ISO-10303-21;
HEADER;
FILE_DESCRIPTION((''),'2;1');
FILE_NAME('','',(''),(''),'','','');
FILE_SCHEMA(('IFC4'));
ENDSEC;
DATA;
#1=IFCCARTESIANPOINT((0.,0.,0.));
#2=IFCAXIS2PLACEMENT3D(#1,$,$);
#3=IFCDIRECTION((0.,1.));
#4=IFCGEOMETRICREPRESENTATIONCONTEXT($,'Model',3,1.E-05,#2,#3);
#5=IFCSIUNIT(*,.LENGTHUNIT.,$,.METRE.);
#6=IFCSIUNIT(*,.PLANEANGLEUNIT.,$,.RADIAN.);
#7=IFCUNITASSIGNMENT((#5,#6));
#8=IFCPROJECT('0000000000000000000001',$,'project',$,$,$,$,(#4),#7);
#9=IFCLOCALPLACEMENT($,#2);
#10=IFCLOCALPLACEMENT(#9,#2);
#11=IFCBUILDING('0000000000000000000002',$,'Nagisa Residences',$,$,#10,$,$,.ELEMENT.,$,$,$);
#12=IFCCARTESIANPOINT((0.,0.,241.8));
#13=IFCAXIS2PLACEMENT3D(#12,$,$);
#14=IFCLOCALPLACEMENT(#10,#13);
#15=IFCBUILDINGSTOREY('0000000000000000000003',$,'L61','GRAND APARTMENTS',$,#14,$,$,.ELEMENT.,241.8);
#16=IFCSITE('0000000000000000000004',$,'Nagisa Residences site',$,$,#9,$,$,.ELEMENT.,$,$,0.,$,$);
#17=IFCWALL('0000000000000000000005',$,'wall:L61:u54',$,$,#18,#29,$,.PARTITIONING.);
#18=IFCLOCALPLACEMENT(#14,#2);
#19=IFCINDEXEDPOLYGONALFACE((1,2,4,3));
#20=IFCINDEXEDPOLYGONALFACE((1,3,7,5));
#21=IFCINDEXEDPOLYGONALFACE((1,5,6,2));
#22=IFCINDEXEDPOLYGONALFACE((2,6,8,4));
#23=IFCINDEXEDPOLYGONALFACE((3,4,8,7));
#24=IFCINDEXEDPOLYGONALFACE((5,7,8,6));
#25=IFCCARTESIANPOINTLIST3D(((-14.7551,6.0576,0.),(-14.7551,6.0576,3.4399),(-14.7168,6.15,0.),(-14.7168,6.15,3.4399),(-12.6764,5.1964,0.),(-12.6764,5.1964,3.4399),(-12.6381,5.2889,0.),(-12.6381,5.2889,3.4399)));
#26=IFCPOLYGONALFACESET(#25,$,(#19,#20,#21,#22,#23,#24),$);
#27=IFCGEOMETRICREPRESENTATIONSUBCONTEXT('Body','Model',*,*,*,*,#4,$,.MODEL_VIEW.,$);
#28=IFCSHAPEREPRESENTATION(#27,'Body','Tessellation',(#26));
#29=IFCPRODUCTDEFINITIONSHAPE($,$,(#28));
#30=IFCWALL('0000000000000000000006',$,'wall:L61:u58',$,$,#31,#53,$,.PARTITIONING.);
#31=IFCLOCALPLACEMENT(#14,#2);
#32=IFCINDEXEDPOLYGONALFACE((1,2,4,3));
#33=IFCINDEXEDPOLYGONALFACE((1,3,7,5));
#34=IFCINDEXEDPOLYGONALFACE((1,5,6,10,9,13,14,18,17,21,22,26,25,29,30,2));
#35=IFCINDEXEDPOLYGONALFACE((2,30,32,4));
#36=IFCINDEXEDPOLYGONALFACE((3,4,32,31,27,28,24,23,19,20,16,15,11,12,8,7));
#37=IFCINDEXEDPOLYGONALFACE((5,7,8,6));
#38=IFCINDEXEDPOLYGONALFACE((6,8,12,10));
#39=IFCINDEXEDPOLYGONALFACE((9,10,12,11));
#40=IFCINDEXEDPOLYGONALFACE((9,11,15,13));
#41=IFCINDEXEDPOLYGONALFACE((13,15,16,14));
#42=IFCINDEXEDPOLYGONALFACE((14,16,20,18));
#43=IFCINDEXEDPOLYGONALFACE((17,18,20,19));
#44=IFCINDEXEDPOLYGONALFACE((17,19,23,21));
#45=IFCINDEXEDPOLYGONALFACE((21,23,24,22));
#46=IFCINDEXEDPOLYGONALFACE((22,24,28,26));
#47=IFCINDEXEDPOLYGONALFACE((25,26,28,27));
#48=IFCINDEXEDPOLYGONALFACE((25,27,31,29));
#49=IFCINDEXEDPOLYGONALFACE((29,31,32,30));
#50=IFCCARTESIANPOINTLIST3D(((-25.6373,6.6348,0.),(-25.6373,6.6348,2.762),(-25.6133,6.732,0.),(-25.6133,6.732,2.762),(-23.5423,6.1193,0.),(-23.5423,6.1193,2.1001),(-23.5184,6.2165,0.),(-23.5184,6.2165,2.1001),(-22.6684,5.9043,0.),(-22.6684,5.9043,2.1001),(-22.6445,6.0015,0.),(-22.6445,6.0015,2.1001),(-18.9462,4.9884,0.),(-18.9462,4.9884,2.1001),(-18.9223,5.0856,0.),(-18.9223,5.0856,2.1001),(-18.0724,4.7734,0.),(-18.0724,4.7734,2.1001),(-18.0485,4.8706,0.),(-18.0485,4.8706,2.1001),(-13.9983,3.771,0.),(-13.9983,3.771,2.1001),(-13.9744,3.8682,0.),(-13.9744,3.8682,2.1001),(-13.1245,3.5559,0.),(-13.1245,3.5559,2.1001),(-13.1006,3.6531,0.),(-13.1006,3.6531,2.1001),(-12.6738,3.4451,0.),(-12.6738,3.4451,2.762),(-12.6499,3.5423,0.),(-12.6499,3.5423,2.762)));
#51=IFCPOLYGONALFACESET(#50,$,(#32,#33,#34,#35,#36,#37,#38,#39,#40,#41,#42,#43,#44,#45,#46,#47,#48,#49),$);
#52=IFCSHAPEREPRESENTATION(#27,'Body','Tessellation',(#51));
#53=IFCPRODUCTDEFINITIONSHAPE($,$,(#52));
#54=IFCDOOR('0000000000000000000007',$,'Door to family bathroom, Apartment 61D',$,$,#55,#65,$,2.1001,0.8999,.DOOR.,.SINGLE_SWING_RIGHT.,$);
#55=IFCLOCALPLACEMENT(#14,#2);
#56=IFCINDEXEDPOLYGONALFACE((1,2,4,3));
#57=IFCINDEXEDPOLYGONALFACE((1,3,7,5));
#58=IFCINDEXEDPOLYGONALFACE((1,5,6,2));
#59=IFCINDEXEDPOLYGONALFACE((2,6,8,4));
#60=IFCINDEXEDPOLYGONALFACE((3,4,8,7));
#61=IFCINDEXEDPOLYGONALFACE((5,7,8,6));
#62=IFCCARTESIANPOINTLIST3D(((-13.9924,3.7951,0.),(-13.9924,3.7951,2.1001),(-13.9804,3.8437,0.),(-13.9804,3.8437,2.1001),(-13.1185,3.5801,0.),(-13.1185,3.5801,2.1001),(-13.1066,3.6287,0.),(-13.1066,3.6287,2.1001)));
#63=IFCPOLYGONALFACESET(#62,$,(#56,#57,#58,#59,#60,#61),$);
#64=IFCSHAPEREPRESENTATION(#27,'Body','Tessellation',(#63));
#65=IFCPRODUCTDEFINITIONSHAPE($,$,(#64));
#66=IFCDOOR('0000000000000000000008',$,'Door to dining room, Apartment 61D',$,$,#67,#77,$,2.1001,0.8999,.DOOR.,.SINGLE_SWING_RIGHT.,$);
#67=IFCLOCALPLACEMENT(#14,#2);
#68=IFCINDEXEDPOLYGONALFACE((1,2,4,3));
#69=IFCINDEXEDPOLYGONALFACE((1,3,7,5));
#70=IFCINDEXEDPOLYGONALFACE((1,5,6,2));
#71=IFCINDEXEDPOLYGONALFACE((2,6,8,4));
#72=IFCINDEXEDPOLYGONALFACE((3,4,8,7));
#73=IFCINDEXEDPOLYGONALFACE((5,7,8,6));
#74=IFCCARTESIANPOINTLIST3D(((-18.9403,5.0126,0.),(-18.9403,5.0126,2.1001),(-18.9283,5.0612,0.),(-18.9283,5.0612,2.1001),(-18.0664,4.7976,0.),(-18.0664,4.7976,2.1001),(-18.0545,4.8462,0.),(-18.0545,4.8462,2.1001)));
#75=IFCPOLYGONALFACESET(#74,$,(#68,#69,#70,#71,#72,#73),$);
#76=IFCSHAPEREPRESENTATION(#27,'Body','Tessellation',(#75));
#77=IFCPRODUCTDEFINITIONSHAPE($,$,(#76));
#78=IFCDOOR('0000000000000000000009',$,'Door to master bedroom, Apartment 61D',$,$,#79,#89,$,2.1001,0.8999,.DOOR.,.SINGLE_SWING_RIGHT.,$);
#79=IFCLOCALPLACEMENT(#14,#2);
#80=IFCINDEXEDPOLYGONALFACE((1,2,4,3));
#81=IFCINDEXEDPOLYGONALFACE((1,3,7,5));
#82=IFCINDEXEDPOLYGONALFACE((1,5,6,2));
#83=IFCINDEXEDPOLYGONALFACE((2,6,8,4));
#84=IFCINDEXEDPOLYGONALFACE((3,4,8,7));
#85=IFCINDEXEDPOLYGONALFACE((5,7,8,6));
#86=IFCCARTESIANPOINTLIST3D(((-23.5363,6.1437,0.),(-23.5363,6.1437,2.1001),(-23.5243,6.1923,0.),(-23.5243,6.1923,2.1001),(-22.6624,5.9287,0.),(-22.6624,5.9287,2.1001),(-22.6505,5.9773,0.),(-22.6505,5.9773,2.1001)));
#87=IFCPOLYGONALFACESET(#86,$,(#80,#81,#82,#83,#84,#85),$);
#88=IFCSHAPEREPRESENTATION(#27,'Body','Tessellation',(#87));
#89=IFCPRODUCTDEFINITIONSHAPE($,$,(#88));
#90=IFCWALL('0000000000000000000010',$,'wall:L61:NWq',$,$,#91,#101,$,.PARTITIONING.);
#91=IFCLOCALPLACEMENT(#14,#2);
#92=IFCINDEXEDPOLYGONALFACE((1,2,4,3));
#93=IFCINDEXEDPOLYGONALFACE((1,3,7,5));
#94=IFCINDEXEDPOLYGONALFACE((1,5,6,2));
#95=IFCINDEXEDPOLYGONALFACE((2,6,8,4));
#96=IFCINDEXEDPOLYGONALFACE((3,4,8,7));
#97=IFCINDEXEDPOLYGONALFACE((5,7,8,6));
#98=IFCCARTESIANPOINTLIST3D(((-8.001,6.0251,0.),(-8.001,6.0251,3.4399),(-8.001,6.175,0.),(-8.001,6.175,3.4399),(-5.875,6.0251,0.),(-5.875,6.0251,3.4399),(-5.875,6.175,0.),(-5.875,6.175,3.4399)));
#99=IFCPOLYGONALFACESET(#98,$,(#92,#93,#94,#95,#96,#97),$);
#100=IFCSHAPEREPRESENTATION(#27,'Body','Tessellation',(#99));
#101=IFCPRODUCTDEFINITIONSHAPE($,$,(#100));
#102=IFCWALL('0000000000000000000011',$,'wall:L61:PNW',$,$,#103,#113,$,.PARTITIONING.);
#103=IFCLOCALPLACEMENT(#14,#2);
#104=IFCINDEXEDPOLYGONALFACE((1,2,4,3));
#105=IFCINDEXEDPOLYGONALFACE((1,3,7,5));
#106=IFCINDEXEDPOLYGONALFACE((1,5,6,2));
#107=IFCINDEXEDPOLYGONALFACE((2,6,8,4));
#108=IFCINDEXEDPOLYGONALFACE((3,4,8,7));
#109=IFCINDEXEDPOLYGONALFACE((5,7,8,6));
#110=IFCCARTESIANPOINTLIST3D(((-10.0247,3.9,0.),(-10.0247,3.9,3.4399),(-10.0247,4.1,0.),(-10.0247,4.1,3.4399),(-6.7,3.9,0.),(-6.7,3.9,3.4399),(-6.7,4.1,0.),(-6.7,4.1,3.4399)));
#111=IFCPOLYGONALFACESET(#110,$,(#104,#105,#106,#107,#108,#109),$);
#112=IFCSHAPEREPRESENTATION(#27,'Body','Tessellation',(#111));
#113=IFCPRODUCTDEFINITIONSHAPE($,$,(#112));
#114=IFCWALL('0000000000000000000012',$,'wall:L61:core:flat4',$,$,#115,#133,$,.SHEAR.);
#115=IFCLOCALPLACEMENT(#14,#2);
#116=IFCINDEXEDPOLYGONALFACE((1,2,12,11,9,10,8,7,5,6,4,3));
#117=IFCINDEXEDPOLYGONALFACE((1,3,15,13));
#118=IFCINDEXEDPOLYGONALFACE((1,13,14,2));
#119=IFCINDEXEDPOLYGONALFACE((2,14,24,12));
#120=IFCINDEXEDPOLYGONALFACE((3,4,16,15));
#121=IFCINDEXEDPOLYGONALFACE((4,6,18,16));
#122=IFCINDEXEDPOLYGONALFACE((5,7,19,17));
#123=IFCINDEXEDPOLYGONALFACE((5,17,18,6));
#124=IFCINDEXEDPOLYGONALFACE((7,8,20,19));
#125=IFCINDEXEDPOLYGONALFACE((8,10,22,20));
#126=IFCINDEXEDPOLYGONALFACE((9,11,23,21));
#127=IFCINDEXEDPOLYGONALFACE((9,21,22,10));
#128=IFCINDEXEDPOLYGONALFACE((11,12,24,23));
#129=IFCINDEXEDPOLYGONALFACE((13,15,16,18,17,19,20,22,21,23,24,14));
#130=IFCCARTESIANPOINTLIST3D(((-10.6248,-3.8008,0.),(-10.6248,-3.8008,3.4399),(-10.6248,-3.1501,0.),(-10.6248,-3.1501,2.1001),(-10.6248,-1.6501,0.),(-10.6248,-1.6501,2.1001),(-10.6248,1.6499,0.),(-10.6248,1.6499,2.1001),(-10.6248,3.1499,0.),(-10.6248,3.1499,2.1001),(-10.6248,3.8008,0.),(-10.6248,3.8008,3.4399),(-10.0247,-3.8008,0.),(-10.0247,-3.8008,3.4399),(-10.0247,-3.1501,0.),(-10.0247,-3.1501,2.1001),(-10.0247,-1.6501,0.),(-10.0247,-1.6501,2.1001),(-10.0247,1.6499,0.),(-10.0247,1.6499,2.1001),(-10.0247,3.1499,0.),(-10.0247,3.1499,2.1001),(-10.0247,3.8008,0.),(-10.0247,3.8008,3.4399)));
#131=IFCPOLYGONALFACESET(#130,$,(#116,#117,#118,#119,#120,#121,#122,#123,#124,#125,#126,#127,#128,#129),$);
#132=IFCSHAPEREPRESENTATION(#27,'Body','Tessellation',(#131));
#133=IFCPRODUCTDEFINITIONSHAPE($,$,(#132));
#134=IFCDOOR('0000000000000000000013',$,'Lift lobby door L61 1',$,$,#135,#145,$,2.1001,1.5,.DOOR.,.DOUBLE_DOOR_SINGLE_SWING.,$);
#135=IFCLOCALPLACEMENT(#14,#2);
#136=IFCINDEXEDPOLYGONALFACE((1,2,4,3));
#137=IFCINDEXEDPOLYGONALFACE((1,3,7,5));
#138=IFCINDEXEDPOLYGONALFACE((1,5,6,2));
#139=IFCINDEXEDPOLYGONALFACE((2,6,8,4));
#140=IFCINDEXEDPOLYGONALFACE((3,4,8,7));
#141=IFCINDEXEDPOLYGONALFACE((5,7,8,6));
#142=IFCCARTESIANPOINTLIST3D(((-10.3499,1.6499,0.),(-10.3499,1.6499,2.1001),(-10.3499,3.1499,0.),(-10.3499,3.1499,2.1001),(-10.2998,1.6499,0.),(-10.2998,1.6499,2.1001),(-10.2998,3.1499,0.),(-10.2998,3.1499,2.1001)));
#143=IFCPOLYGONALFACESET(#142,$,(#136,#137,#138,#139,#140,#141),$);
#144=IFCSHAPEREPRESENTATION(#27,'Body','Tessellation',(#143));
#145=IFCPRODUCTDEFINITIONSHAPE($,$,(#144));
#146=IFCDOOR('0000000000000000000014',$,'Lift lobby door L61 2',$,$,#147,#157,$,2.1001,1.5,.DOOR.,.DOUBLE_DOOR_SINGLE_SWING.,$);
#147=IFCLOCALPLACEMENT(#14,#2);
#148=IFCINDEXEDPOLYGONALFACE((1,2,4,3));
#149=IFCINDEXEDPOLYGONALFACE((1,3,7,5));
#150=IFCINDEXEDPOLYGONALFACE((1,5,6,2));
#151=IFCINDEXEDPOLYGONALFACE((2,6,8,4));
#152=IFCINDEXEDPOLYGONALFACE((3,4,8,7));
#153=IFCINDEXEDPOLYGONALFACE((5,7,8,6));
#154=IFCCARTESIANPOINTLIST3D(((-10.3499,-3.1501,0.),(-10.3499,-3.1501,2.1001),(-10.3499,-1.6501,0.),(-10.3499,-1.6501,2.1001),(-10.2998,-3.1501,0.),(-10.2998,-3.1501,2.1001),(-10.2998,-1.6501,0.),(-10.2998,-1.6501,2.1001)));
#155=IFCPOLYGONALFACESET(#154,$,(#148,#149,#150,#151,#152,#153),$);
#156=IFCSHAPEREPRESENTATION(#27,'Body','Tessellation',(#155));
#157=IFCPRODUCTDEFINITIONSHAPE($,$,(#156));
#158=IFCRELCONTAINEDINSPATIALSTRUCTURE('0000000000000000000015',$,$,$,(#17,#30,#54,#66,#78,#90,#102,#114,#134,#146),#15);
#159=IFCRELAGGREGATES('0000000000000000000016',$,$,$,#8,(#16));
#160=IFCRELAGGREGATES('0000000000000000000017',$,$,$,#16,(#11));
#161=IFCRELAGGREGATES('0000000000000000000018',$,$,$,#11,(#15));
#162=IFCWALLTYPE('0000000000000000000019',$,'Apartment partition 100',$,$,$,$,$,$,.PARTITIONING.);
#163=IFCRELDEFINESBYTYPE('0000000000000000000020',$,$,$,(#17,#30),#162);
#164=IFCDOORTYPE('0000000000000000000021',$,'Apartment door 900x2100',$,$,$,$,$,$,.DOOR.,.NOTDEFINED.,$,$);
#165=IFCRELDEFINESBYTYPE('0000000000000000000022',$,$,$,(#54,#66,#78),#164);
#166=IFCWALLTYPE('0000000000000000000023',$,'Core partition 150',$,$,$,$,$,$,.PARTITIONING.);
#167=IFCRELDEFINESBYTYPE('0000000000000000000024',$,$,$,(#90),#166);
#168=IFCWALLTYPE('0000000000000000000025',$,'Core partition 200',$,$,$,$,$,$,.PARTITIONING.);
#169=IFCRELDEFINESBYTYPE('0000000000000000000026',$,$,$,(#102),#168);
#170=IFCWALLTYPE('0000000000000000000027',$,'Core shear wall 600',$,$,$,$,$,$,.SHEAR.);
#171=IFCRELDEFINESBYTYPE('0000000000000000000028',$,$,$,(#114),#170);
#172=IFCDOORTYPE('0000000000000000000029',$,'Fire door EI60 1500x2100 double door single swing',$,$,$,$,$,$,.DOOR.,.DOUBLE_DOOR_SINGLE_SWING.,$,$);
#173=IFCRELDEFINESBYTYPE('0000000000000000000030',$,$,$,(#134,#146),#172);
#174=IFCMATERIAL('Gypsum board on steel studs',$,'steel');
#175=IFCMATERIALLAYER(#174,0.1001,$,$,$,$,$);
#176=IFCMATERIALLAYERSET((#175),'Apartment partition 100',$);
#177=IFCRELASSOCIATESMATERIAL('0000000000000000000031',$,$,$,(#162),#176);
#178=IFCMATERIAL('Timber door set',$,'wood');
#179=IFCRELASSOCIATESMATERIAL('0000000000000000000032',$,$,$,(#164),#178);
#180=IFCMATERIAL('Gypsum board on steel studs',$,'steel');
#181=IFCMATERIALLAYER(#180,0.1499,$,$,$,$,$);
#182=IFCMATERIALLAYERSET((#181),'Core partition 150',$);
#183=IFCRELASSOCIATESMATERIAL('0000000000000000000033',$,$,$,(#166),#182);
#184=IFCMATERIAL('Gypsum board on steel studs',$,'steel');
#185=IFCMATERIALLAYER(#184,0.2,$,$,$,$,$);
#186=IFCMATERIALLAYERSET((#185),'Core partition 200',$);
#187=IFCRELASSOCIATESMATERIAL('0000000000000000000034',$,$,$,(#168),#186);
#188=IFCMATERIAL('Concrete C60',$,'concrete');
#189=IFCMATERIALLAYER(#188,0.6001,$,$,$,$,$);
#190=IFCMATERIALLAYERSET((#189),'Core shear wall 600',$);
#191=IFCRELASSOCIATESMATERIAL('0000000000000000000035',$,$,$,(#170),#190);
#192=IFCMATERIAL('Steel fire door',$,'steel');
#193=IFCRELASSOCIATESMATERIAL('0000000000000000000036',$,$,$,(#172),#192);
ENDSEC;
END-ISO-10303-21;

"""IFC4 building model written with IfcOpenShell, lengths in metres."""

from ifc_helpers import new_model, si_unit, direction, frame, frame_2d, origin, place, context, subcontext, project, spatial, rectangle, extrude, material, layer, layer_set, type_object, element, fill, save


model = new_model("IFC4")

# Units and contexts
model_context = context("Model", 3, precision=1e-05, world=origin(), true_north=direction((0.0, 1.0)))
body_context = subcontext(model_context, "Body", "Model", "MODEL_VIEW")
ifc_project = project(units=[si_unit("LENGTHUNIT", "METRE"), si_unit("PLANEANGLEUNIT", "RADIAN")], contexts=[model_context])

# Site, building, storey
site_placement = place(None, origin())
site = spatial("IfcSite", under=ifc_project, at=site_placement, Name="Nagisa Residences site", CompositionType="ELEMENT", RefElevation=0.0)
building_placement = place(site_placement, origin())
building = spatial("IfcBuilding", under=site, at=building_placement, Name="Nagisa Residences", CompositionType="ELEMENT")
storey_placement = place(building_placement, frame((0.0, 0.0, 241.8)))
storey = spatial("IfcBuildingStorey", under=building, at=storey_placement, Name="L61", Description="GRAND APARTMENTS", CompositionType="ELEMENT", Elevation=241.8)

# Shared definitions
ifc_material_1 = material(Name="Gypsum board on steel studs", Category="steel")
ifc_layer_1 = layer(ifc_material_1, 0.1001)
ifc_layer_set_1 = layer_set([ifc_layer_1], Name="Apartment partition 100")
wall_type_1 = type_object("IfcWallType", Name="Apartment partition 100", PredefinedType="PARTITIONING", material=ifc_layer_set_1)

# Shared definitions
ifc_material_2 = material(Name="Timber door set", Category="wood")
door_type_1 = type_object("IfcDoorType", Name="Apartment door 900x2100", OperationType="NOTDEFINED", PredefinedType="DOOR", material=ifc_material_2)

# Wall
wall_1_placement = place(storey_placement, frame((-12.6572, 5.2427, 0.0), z_axis=(0.0, 0.0, 1.0), x_axis=(-0.923865, 0.382719, 0.0)))
element("IfcWall", 1, at=wall_1_placement, inside=storey, type_object=wall_type_1, Name="wall:L61:u54", PredefinedType="PARTITIONING", context=body_context, shape_type="SweptSolid", body=[
    extrude(rectangle(XDim=2.25, YDim=0.1001, at=frame_2d((1.125, 0.0))), origin(), (0.0, 0.0, 1.0), 3.4399),
])

# Wall, openings, doors
wall_2_placement = place(storey_placement, frame((-12.6619, 3.4937, 0.0), z_axis=(0.0, 0.0, 1.0), x_axis=(-0.971037, 0.238928, 0.0)))
wall_2 = element("IfcWall", 2, at=wall_2_placement, inside=storey, type_object=wall_type_1, Name="wall:L61:u58", PredefinedType="PARTITIONING", context=body_context, shape_type="SweptSolid", body=[
    extrude(rectangle(XDim=13.3501, YDim=0.1001, at=frame_2d((6.675, 0.0))), origin(), (0.0, 0.0, 1.0), 2.762),
])
opening_1_placement = place(wall_2_placement, frame((0.4641, 0.0, 0.0)))
opening_1 = element("IfcOpeningElement", 3, at=opening_1_placement, cuts=wall_2, PredefinedType="OPENING", context=body_context, shape_type="SweptSolid", body=[
    extrude(rectangle(XDim=0.8999, YDim=2.1001, at=frame_2d((0.45, 1.05))), frame((0.0, 0.0601, 0.0), z_axis=(0.0, -1.0, 0.0), x_axis=(1.0, 0.0, 0.0)), (0.0, 0.0, 1.0), 0.1201),
])
opening_2_placement = place(wall_2_placement, frame((5.5596, 0.0, 0.0)))
opening_2 = element("IfcOpeningElement", 4, at=opening_2_placement, cuts=wall_2, PredefinedType="OPENING", context=body_context, shape_type="SweptSolid", body=[
    extrude(rectangle(XDim=0.8999, YDim=2.1001, at=frame_2d((0.45, 1.05))), frame((0.0, 0.0601, 0.0), z_axis=(0.0, -1.0, 0.0), x_axis=(1.0, 0.0, 0.0)), (0.0, 0.0, 1.0), 0.1201),
])
opening_3_placement = place(wall_2_placement, frame((10.2927, 0.0, 0.0)))
opening_3 = element("IfcOpeningElement", 5, at=opening_3_placement, cuts=wall_2, PredefinedType="OPENING", context=body_context, shape_type="SweptSolid", body=[
    extrude(rectangle(XDim=0.8999, YDim=2.1001, at=frame_2d((0.45, 1.05))), frame((0.0, 0.0601, 0.0), z_axis=(0.0, -1.0, 0.0), x_axis=(1.0, 0.0, 0.0)), (0.0, 0.0, 1.0), 0.1201),
])
door_1_placement = place(opening_1_placement, frame((0.8999, 0.0, 0.0), x_axis=(-1.0, 0.0, 0.0)))
door_1 = element("IfcDoor", 6, at=door_1_placement, inside=storey, type_object=door_type_1, Name="Door to family bathroom, Apartment 61D", OperationType="SINGLE_SWING_RIGHT", OverallHeight=2.1001, OverallWidth=0.8999, PredefinedType="DOOR", context=body_context, shape_type="SweptSolid", body=[
    extrude(rectangle(XDim=0.8999, YDim=2.1001, at=frame_2d((0.45, 1.05))), frame((0.0, 0.0249, 0.0), z_axis=(0.0, -1.0, 0.0), x_axis=(1.0, 0.0, 0.0)), (0.0, 0.0, 1.0), 0.05),
])
fill(opening_1, door_1)
door_2_placement = place(opening_2_placement, frame((0.8999, 0.0, 0.0), x_axis=(-1.0, 0.0, 0.0)))
door_2 = element("IfcDoor", 7, at=door_2_placement, inside=storey, type_object=door_type_1, Name="Door to dining room, Apartment 61D", OperationType="SINGLE_SWING_RIGHT", OverallHeight=2.1001, OverallWidth=0.8999, PredefinedType="DOOR", context=body_context, shape_type="SweptSolid", body=[
    extrude(rectangle(XDim=0.8999, YDim=2.1001, at=frame_2d((0.45, 1.05))), frame((0.0, 0.0249, 0.0), z_axis=(0.0, -1.0, 0.0), x_axis=(1.0, 0.0, 0.0)), (0.0, 0.0, 1.0), 0.05),
])
fill(opening_2, door_2)
door_3_placement = place(opening_3_placement, origin())
door_3 = element("IfcDoor", 8, at=door_3_placement, inside=storey, type_object=door_type_1, Name="Door to master bedroom, Apartment 61D", OperationType="SINGLE_SWING_RIGHT", OverallHeight=2.1001, OverallWidth=0.8999, PredefinedType="DOOR", context=body_context, shape_type="SweptSolid", body=[
    extrude(rectangle(XDim=0.8999, YDim=2.1001, at=frame_2d((0.45, 1.05))), frame((0.0, 0.0249, 0.0), z_axis=(0.0, -1.0, 0.0), x_axis=(1.0, 0.0, 0.0)), (0.0, 0.0, 1.0), 0.05),
])
fill(opening_3, door_3)

# Walls
ifc_material_3 = material(Name="Gypsum board on steel studs", Category="steel")
ifc_layer_2 = layer(ifc_material_3, 0.1499)
ifc_layer_set_2 = layer_set([ifc_layer_2], Name="Core partition 150")
wall_type_2 = type_object("IfcWallType", Name="Core partition 150", PredefinedType="PARTITIONING", material=ifc_layer_set_2)
wall_3_placement = place(storey_placement, frame((-8.001, 6.1001, 0.0), z_axis=(0.0, 0.0, 1.0), x_axis=(1.0, 0.0, 0.0)))
element("IfcWall", 9, at=wall_3_placement, inside=storey, type_object=wall_type_2, Name="wall:L61:NWq", PredefinedType="PARTITIONING", context=body_context, shape_type="SweptSolid", body=[
    extrude(rectangle(XDim=2.126, YDim=0.1499, at=frame_2d((1.063, 0.0))), origin(), (0.0, 0.0, 1.0), 3.4399),
])
ifc_material_4 = material(Name="Gypsum board on steel studs", Category="steel")
ifc_layer_3 = layer(ifc_material_4, 0.2)
ifc_layer_set_3 = layer_set([ifc_layer_3], Name="Core partition 200")
wall_type_3 = type_object("IfcWallType", Name="Core partition 200", PredefinedType="PARTITIONING", material=ifc_layer_set_3)
wall_4_placement = place(storey_placement, frame((-10.0247, 4.0, 0.0), z_axis=(0.0, 0.0, 1.0), x_axis=(1.0, 0.0, 0.0)))
element("IfcWall", 10, at=wall_4_placement, inside=storey, type_object=wall_type_3, Name="wall:L61:PNW", PredefinedType="PARTITIONING", context=body_context, shape_type="SweptSolid", body=[
    extrude(rectangle(XDim=3.3247, YDim=0.2, at=frame_2d((1.6624, 0.0))), origin(), (0.0, 0.0, 1.0), 3.4399),
])

# Wall, openings, doors
ifc_material_5 = material(Name="Concrete C60", Category="concrete")
ifc_layer_4 = layer(ifc_material_5, 0.6001)
ifc_layer_set_4 = layer_set([ifc_layer_4], Name="Core shear wall 600")
wall_type_4 = type_object("IfcWallType", Name="Core shear wall 600", PredefinedType="SHEAR", material=ifc_layer_set_4)
wall_5_placement = place(storey_placement, frame((-10.3247, 3.8008, 0.0), z_axis=(0.0, 0.0, 1.0), x_axis=(0.0, -1.0, 0.0)))
wall_5 = element("IfcWall", 11, at=wall_5_placement, inside=storey, type_object=wall_type_4, Name="wall:L61:core:flat4", PredefinedType="SHEAR", context=body_context, shape_type="SweptSolid", body=[
    extrude(rectangle(XDim=7.6016, YDim=0.6001, at=frame_2d((3.8008, 0.0))), origin(), (0.0, 0.0, 1.0), 3.4399),
])
opening_4_placement = place(wall_5_placement, frame((0.6509, 0.0, 0.0)))
opening_4 = element("IfcOpeningElement", 12, at=opening_4_placement, cuts=wall_5, PredefinedType="OPENING", context=body_context, shape_type="SweptSolid", body=[
    extrude(rectangle(XDim=1.5, YDim=2.1001, at=frame_2d((0.75, 1.05))), frame((0.0, 0.3101, 0.0), z_axis=(0.0, -1.0, 0.0), x_axis=(1.0, 0.0, 0.0)), (0.0, 0.0, 1.0), 0.6201),
])
opening_5_placement = place(wall_5_placement, frame((5.4509, 0.0, 0.0)))
opening_5 = element("IfcOpeningElement", 13, at=opening_5_placement, cuts=wall_5, PredefinedType="OPENING", context=body_context, shape_type="SweptSolid", body=[
    extrude(rectangle(XDim=1.5, YDim=2.1001, at=frame_2d((0.75, 1.05))), frame((0.0, 0.3101, 0.0), z_axis=(0.0, -1.0, 0.0), x_axis=(1.0, 0.0, 0.0)), (0.0, 0.0, 1.0), 0.6201),
])
ifc_material_6 = material(Name="Steel fire door", Category="steel")
door_type_2 = type_object("IfcDoorType", Name="Fire door EI60 1500x2100 double door single swing", OperationType="DOUBLE_DOOR_SINGLE_SWING", PredefinedType="DOOR", material=ifc_material_6)
door_4_placement = place(opening_4_placement, origin())
door_4 = element("IfcDoor", 14, at=door_4_placement, inside=storey, type_object=door_type_2, Name="Lift lobby door L61 1", OperationType="DOUBLE_DOOR_SINGLE_SWING", OverallHeight=2.1001, OverallWidth=1.5, PredefinedType="DOOR", context=body_context, shape_type="SweptSolid", body=[
    extrude(rectangle(XDim=1.5, YDim=2.1001, at=frame_2d((0.75, 1.05))), frame((0.0, 0.0249, 0.0), z_axis=(0.0, -1.0, 0.0), x_axis=(1.0, 0.0, 0.0)), (0.0, 0.0, 1.0), 0.05),
])
fill(opening_4, door_4)
door_5_placement = place(opening_5_placement, origin())
door_5 = element("IfcDoor", 15, at=door_5_placement, inside=storey, type_object=door_type_2, Name="Lift lobby door L61 2", OperationType="DOUBLE_DOOR_SINGLE_SWING", OverallHeight=2.1001, OverallWidth=1.5, PredefinedType="DOOR", context=body_context, shape_type="SweptSolid", body=[
    extrude(rectangle(XDim=1.5, YDim=2.1001, at=frame_2d((0.75, 1.05))), frame((0.0, 0.0249, 0.0), z_axis=(0.0, -1.0, 0.0), x_axis=(1.0, 0.0, 0.0)), (0.0, 0.0, 1.0), 0.05),
])
fill(opening_5, door_5)

save(model, "model.ifc")
